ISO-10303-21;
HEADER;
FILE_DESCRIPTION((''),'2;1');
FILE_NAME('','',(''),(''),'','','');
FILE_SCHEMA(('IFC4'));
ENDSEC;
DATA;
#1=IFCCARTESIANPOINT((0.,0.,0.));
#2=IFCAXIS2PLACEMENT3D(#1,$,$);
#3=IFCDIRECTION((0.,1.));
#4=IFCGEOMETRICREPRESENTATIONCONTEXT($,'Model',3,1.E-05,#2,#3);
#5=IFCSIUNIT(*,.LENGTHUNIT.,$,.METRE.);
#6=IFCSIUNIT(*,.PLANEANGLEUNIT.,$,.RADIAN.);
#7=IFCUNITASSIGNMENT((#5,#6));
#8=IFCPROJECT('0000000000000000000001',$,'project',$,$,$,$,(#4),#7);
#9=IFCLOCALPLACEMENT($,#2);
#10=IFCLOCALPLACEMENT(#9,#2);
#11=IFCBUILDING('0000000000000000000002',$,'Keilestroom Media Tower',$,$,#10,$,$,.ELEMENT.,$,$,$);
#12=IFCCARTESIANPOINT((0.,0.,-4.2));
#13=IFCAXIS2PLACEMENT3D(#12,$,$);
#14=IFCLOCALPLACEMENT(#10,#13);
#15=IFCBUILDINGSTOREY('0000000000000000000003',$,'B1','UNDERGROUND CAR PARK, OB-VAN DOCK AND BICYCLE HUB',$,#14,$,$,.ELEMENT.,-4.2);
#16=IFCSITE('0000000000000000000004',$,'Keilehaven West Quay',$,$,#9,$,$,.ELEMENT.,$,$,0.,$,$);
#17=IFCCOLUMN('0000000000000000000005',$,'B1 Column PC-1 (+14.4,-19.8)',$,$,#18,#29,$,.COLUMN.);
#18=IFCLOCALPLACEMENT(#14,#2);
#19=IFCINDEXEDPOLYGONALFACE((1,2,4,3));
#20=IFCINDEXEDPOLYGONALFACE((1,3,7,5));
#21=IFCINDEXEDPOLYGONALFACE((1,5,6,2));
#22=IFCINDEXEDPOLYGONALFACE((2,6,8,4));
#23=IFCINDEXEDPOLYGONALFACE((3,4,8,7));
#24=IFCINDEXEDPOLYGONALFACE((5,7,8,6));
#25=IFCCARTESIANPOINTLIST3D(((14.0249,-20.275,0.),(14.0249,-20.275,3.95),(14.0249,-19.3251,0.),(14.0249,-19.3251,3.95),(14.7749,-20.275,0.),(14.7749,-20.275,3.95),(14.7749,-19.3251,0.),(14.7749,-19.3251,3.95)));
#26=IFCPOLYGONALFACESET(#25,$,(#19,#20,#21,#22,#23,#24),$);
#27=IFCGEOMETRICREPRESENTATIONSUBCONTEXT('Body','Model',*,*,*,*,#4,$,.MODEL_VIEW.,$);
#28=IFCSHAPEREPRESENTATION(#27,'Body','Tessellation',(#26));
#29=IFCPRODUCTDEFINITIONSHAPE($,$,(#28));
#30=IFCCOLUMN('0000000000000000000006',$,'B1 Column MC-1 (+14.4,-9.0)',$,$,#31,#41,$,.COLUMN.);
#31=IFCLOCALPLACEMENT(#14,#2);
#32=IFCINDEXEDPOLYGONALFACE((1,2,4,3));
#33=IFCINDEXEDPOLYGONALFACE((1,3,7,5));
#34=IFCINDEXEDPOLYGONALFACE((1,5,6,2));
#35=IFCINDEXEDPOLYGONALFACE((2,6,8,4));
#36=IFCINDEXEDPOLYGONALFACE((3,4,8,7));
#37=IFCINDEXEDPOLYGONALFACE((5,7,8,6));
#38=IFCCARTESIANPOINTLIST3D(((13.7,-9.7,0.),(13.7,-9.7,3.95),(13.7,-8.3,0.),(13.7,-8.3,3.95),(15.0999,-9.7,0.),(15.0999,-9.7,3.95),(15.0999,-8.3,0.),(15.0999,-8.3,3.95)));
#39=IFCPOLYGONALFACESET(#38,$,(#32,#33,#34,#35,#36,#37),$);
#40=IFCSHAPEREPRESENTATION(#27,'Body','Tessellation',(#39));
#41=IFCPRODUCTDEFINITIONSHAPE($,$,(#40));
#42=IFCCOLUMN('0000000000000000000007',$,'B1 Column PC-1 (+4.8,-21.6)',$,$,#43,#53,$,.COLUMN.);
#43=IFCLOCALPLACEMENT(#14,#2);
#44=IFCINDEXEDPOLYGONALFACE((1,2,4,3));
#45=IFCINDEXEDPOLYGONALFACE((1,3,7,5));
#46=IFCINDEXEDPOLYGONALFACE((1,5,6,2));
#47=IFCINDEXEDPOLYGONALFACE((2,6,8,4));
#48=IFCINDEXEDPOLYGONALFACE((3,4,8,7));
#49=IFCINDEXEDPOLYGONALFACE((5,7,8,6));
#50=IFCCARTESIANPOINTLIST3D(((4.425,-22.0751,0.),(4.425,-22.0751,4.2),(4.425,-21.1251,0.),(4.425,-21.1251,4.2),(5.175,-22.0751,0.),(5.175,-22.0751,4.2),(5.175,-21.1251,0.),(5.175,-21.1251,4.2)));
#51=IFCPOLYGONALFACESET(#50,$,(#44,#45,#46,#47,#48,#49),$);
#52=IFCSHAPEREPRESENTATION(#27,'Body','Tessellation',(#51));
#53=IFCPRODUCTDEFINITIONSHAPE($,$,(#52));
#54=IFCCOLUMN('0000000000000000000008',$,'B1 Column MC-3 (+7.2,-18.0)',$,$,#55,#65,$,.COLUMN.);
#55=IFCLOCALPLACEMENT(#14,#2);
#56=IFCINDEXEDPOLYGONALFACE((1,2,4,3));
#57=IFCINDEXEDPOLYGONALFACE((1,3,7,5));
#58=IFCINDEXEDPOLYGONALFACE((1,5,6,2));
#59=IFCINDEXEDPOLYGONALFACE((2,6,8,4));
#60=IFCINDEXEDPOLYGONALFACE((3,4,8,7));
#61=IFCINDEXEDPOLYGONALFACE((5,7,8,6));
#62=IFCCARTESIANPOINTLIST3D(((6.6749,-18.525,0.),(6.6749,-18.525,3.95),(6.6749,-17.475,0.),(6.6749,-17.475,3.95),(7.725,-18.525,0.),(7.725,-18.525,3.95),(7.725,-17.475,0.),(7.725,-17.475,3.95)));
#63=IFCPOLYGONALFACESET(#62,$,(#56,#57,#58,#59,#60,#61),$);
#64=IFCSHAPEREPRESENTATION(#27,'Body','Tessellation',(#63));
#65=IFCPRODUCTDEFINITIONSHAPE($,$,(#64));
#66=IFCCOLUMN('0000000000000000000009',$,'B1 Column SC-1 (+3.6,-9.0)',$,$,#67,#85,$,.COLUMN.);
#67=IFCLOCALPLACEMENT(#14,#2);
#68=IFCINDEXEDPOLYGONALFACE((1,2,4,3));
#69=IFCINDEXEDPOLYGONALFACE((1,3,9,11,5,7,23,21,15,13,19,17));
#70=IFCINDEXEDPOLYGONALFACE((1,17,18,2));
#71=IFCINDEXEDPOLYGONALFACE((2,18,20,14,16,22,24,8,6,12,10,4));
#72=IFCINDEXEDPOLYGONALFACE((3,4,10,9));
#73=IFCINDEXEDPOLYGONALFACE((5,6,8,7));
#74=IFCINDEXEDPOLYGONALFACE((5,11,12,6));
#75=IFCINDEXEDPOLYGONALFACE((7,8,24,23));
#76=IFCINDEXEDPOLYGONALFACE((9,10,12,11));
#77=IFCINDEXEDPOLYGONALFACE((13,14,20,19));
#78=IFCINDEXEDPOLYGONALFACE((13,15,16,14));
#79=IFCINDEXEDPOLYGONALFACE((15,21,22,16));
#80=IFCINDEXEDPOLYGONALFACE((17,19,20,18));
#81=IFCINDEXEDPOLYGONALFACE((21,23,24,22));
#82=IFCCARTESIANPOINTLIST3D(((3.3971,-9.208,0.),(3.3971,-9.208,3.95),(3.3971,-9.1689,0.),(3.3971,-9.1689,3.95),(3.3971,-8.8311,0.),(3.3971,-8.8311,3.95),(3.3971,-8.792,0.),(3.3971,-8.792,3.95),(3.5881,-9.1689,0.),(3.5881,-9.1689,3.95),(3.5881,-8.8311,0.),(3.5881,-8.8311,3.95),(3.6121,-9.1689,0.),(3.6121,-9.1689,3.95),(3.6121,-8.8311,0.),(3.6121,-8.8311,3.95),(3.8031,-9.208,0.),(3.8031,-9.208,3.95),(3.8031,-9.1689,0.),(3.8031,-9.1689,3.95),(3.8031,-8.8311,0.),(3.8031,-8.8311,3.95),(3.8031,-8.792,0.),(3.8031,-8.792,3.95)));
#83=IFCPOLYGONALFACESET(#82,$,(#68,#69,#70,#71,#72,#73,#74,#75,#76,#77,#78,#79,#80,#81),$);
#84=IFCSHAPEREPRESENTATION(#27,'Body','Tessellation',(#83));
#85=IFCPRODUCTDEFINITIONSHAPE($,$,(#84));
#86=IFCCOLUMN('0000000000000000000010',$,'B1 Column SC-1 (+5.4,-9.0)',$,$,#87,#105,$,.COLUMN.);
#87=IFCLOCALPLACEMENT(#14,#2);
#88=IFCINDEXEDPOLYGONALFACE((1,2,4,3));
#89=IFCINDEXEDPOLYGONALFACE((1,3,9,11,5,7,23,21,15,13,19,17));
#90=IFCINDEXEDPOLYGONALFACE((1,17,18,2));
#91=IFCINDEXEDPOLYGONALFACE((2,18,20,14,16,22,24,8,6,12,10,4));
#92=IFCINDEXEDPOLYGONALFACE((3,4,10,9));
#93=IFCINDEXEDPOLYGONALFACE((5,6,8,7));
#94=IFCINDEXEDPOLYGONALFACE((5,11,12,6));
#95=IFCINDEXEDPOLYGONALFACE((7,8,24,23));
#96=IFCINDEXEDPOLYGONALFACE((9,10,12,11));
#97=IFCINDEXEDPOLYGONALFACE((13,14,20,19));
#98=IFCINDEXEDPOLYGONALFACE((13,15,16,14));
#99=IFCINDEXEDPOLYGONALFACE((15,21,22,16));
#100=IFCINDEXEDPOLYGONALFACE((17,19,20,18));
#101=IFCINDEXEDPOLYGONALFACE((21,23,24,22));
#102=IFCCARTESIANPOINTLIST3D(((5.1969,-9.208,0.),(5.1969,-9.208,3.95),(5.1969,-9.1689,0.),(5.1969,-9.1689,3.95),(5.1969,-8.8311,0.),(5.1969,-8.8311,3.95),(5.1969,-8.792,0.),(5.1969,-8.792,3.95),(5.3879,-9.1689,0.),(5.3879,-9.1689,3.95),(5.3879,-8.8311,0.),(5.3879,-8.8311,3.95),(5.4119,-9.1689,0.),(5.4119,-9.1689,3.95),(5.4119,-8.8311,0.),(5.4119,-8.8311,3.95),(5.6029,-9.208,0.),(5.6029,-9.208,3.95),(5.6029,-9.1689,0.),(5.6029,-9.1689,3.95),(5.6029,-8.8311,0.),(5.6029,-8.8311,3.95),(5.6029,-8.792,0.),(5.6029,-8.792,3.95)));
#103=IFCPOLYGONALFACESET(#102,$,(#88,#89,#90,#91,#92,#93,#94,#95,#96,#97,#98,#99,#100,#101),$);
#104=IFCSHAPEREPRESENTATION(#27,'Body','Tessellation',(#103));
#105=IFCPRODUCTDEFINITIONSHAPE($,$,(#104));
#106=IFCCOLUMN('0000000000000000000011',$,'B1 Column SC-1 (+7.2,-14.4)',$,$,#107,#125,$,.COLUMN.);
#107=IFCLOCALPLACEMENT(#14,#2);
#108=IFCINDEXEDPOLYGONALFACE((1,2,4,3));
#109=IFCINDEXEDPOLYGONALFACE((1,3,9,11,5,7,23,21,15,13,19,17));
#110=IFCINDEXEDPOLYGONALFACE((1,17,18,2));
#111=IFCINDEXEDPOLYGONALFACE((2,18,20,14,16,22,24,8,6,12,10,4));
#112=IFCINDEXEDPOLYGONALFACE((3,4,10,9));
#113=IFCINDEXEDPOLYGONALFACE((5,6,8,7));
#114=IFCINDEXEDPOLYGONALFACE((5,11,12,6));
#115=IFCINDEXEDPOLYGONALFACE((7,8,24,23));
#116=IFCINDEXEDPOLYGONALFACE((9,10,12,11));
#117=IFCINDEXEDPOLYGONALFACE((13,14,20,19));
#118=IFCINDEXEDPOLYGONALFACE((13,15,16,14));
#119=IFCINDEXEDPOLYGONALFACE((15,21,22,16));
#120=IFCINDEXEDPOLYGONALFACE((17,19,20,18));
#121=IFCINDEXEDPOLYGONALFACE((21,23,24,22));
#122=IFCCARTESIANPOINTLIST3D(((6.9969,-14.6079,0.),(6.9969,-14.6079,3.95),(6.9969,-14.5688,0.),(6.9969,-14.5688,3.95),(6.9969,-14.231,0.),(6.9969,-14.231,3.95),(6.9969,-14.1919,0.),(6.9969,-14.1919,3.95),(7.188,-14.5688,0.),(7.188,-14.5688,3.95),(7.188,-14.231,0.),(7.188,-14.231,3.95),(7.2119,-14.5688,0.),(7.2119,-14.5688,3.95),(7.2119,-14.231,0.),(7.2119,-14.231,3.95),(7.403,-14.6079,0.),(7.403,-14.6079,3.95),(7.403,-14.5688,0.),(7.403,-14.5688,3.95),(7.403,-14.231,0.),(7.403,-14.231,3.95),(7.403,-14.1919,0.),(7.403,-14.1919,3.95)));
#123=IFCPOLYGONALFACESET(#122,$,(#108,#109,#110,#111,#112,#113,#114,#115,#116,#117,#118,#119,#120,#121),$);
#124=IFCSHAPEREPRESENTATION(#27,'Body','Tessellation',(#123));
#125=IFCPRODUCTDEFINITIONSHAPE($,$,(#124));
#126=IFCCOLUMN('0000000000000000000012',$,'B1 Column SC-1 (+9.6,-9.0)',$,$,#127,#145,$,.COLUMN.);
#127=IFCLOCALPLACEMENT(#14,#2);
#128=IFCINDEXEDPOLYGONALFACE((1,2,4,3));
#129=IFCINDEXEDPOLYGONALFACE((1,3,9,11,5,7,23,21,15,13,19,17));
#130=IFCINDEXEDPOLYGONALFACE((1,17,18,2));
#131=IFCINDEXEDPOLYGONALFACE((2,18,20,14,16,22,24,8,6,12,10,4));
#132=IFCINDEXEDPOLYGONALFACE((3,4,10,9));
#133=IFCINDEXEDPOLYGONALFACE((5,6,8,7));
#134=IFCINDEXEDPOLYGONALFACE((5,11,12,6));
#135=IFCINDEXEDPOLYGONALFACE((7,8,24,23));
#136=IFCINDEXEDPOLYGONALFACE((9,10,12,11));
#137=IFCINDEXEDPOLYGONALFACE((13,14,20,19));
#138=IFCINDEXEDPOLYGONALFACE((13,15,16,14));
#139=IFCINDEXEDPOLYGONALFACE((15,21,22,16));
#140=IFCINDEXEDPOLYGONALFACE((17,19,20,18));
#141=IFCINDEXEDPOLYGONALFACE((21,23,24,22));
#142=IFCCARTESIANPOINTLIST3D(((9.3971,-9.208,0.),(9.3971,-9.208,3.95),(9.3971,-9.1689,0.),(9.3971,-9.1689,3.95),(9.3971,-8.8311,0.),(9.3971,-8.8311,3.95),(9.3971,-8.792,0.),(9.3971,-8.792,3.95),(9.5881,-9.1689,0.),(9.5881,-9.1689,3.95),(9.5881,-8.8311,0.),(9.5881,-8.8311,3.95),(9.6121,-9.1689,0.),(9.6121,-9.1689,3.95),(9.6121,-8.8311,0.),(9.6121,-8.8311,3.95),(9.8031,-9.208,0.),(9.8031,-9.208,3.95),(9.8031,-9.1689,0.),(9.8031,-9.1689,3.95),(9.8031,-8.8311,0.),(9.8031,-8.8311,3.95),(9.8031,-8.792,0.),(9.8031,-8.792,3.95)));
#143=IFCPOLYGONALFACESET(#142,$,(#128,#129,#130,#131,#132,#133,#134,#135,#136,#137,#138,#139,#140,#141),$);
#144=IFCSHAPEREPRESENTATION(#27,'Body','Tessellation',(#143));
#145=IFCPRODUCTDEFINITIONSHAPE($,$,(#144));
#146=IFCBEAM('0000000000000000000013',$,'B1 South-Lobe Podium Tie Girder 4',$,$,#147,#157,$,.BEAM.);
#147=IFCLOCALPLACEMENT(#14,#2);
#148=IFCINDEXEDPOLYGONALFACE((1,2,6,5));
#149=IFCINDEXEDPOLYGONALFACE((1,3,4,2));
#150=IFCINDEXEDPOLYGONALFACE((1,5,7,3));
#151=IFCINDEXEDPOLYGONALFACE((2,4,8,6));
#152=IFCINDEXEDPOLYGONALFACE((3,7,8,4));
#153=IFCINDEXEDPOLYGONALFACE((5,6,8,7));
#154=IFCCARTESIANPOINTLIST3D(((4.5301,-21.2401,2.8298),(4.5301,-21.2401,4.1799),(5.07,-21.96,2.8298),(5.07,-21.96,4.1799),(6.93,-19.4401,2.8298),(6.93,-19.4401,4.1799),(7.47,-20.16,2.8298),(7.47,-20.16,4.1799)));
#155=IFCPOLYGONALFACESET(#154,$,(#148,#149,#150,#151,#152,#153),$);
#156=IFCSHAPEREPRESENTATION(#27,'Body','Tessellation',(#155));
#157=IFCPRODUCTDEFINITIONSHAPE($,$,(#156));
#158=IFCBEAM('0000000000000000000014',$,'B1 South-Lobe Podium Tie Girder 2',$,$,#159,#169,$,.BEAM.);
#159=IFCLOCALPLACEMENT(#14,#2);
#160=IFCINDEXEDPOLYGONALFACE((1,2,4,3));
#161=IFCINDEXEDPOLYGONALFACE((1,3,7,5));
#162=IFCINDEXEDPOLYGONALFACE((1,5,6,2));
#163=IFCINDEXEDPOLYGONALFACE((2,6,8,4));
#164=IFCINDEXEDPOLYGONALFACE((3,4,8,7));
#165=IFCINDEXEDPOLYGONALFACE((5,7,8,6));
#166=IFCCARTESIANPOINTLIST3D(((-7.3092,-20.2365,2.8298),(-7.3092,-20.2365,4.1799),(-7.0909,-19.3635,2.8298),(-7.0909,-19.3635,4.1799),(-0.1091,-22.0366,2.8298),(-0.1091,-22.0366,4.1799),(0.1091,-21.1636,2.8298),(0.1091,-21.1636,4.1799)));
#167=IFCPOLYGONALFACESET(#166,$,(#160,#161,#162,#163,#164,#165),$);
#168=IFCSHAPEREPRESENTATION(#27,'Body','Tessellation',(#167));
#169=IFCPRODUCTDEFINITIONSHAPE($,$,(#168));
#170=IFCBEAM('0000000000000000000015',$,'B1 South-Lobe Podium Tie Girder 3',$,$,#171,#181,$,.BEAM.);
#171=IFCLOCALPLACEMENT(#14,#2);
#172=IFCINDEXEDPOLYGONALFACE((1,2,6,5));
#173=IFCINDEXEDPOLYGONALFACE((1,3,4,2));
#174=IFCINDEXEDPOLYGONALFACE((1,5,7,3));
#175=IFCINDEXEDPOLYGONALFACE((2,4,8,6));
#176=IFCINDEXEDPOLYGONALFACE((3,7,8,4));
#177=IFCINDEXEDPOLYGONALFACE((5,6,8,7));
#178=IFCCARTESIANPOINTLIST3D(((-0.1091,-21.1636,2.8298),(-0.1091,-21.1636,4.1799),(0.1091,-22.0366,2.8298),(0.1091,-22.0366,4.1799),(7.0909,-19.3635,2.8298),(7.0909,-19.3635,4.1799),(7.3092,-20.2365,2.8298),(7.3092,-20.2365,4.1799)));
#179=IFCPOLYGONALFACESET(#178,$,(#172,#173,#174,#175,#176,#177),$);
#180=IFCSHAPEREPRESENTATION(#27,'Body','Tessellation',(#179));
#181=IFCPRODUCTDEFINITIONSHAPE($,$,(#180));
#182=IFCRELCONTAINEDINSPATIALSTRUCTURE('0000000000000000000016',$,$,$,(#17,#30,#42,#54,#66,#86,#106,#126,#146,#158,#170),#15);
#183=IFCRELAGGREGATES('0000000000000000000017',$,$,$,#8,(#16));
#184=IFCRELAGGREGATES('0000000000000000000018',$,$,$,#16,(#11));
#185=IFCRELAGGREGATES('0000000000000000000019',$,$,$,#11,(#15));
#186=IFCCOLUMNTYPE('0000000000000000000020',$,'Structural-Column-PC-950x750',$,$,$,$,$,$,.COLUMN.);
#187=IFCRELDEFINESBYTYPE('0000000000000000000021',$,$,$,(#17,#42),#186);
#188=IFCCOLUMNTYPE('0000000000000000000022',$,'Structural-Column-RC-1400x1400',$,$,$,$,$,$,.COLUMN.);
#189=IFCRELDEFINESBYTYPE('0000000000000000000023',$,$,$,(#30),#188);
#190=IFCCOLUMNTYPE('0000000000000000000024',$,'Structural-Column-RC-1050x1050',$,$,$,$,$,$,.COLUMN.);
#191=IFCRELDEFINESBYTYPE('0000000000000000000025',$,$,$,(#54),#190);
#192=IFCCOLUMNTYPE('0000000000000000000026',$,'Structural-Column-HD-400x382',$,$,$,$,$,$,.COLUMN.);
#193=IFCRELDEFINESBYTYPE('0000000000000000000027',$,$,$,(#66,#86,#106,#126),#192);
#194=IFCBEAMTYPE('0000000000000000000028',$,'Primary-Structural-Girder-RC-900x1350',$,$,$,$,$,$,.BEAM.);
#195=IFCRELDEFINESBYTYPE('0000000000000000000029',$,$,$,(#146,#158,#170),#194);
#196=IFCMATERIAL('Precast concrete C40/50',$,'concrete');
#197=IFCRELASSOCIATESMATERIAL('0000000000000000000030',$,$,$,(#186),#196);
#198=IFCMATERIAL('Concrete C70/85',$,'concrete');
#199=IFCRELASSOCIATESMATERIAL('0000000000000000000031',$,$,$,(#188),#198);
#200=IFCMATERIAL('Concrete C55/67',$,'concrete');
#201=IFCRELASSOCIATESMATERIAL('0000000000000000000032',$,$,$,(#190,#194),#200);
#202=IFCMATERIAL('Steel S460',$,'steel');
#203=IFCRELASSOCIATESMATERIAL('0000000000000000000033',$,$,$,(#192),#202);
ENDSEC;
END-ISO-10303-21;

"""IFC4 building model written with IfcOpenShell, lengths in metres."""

from ifc_helpers import new_model, si_unit, direction, frame, origin, origin_2d, place, context, subcontext, project, spatial, rectangle, i_section, extrude, source, transform, mapped, material, material_profile, profile_set, type_object, element, save


model = new_model("IFC4")

# Units and contexts
model_context = context("Model", 3, precision=1e-05, world=origin(), true_north=direction((0.0, 1.0)))
body_context = subcontext(model_context, "Body", "Model", "MODEL_VIEW")
ifc_project = project(units=[si_unit("LENGTHUNIT", "METRE"), si_unit("PLANEANGLEUNIT", "RADIAN")], contexts=[model_context])

# Site, building, storey
site_placement = place(None, origin())
site = spatial("IfcSite", under=ifc_project, at=site_placement, Name="Keilehaven West Quay", CompositionType="ELEMENT", RefElevation=0.0)
building_placement = place(site_placement, origin())
building = spatial("IfcBuilding", under=site, at=building_placement, Name="Keilestroom Media Tower", CompositionType="ELEMENT")
storey_placement = place(building_placement, frame((0.0, 0.0, -4.2)))
storey = spatial("IfcBuildingStorey", under=building, at=storey_placement, Name="B1", Description="UNDERGROUND CAR PARK, OB-VAN DOCK AND BICYCLE HUB", CompositionType="ELEMENT", Elevation=-4.2)

# Columns
ifc_material_1 = material(Name="Precast concrete C40/50", Category="concrete")
ifc_material_profile_1 = material_profile(ifc_material_1, rectangle(XDim=0.75, YDim=0.95, at=origin_2d()), Name="PC 950x750")
ifc_profile_set_1 = profile_set([ifc_material_profile_1], Name="Precast concrete C40/50")
column_type_1 = type_object("IfcColumnType", Name="Structural-Column-PC-950x750", PredefinedType="COLUMN", material=ifc_profile_set_1)
shared_shape_1 = source(origin(), body_context, "Body", "SweptSolid", [
    extrude(rectangle(XDim=0.75, YDim=0.95, at=origin_2d()), origin(), (0.0, 0.0, 1.0), 3.95),
])
column_1_placement = place(storey_placement, frame((14.3999, -19.8, 0.0), z_axis=(0.0, 0.0, 1.0), x_axis=(1.0, 0.0, 0.0)))
element("IfcColumn", 1, at=column_1_placement, inside=storey, type_object=column_type_1, Name="B1 Column PC-1 (+14.4,-19.8)", PredefinedType="COLUMN", context=body_context, shape_type="MappedRepresentation", body=[
    mapped(shared_shape_1, transform((0.0, 0.0, 0.0), x_axis=(1.0, 0.0, 0.0), y_axis=(0.0, 1.0, 0.0), z_axis=(0.0, 0.0, 1.0), scale=1.0)),
])
ifc_material_2 = material(Name="Concrete C70/85", Category="concrete")
ifc_material_profile_2 = material_profile(ifc_material_2, rectangle(XDim=1.3999, YDim=1.3999, at=origin_2d()), Name="RC 1400x1400")
ifc_profile_set_2 = profile_set([ifc_material_profile_2], Name="Concrete C70/85")
column_type_2 = type_object("IfcColumnType", Name="Structural-Column-RC-1400x1400", PredefinedType="COLUMN", material=ifc_profile_set_2)
shared_shape_2 = source(origin(), body_context, "Body", "SweptSolid", [
    extrude(rectangle(XDim=1.3999, YDim=1.3999, at=origin_2d()), origin(), (0.0, 0.0, 1.0), 3.95),
])
column_2_placement = place(storey_placement, frame((14.3999, -9.0, 0.0), z_axis=(0.0, 0.0, 1.0), x_axis=(1.0, 0.0, 0.0)))
element("IfcColumn", 2, at=column_2_placement, inside=storey, type_object=column_type_2, Name="B1 Column MC-1 (+14.4,-9.0)", PredefinedType="COLUMN", context=body_context, shape_type="MappedRepresentation", body=[
    mapped(shared_shape_2, transform((0.0, 0.0, 0.0), x_axis=(1.0, 0.0, 0.0), y_axis=(0.0, 1.0, 0.0), z_axis=(0.0, 0.0, 1.0), scale=1.0)),
])
shared_shape_3 = source(origin(), body_context, "Body", "SweptSolid", [
    extrude(rectangle(XDim=0.75, YDim=0.95, at=origin_2d()), origin(), (0.0, 0.0, 1.0), 4.2),
])
column_3_placement = place(storey_placement, frame((4.8, -21.6001, 0.0), z_axis=(0.0, 0.0, 1.0), x_axis=(1.0, 0.0, 0.0)))
element("IfcColumn", 3, at=column_3_placement, inside=storey, type_object=column_type_1, Name="B1 Column PC-1 (+4.8,-21.6)", PredefinedType="COLUMN", context=body_context, shape_type="MappedRepresentation", body=[
    mapped(shared_shape_3, transform((0.0, 0.0, 0.0), x_axis=(1.0, 0.0, 0.0), y_axis=(0.0, 1.0, 0.0), z_axis=(0.0, 0.0, 1.0), scale=1.0)),
])
ifc_material_3 = material(Name="Concrete C55/67", Category="concrete")
ifc_material_profile_3 = material_profile(ifc_material_3, rectangle(XDim=1.05, YDim=1.05, at=origin_2d()), Name="RC 1050x1050")
ifc_profile_set_3 = profile_set([ifc_material_profile_3], Name="Concrete C55/67")
column_type_3 = type_object("IfcColumnType", Name="Structural-Column-RC-1050x1050", PredefinedType="COLUMN", material=ifc_profile_set_3)
shared_shape_4 = source(origin(), body_context, "Body", "SweptSolid", [
    extrude(rectangle(XDim=1.05, YDim=1.05, at=origin_2d()), origin(), (0.0, 0.0, 1.0), 3.95),
])
column_4_placement = place(storey_placement, frame((7.2, -18.0, 0.0), z_axis=(0.0, 0.0, 1.0), x_axis=(1.0, 0.0, 0.0)))
element("IfcColumn", 4, at=column_4_placement, inside=storey, type_object=column_type_3, Name="B1 Column MC-3 (+7.2,-18.0)", PredefinedType="COLUMN", context=body_context, shape_type="MappedRepresentation", body=[
    mapped(shared_shape_4, transform((0.0, 0.0, 0.0), x_axis=(1.0, 0.0, 0.0), y_axis=(0.0, 1.0, 0.0), z_axis=(0.0, 0.0, 1.0), scale=1.0)),
])
ifc_material_4 = material(Name="Steel S460", Category="steel")
ifc_material_profile_4 = material_profile(ifc_material_4, i_section(OverallWidth=0.406, OverallDepth=0.416, WebThickness=0.0239, FlangeThickness=0.0391, at=origin_2d()), Name="HD 400x382")
ifc_profile_set_4 = profile_set([ifc_material_profile_4], Name="Steel S460")
column_type_4 = type_object("IfcColumnType", Name="Structural-Column-HD-400x382", PredefinedType="COLUMN", material=ifc_profile_set_4)
shared_shape_5 = source(origin(), body_context, "Body", "SweptSolid", [
    extrude(i_section(OverallWidth=0.406, OverallDepth=0.416, WebThickness=0.0239, FlangeThickness=0.0391, at=origin_2d()), origin(), (0.0, 0.0, 1.0), 3.95),
])
for number, where, z_axis, x_axis, name in (
    (5, (3.6001, -9.0, 0.0), (0.0, 0.0, 1.0), (1.0, 0.0, 0.0), "B1 Column SC-1 (+3.6,-9.0)"),
    (6, (5.3999, -9.0, 0.0), (0.0, 0.0, 1.0), (1.0, 0.0, 0.0), "B1 Column SC-1 (+5.4,-9.0)"),
    (7, (7.2, -14.3999, 0.0), (0.0, 0.0, 1.0), (1.0, 0.0, 0.0), "B1 Column SC-1 (+7.2,-14.4)"),
    (8, (9.6001, -9.0, 0.0), (0.0, 0.0, 1.0), (1.0, 0.0, 0.0), "B1 Column SC-1 (+9.6,-9.0)"),
):
    element("IfcColumn", number, at=place(storey_placement, frame(where, z_axis=z_axis, x_axis=x_axis)), inside=storey, type_object=column_type_4, Name=name, PredefinedType="COLUMN", context=body_context, shape_type="MappedRepresentation", body=[
        mapped(shared_shape_5, transform((0.0, 0.0, 0.0), x_axis=(1.0, 0.0, 0.0), y_axis=(0.0, 1.0, 0.0), z_axis=(0.0, 0.0, 1.0), scale=1.0)),
    ])

# Beams
ifc_material_profile_5 = material_profile(ifc_material_3, rectangle(XDim=0.8999, YDim=1.3501, at=origin_2d()), Name="RC 900x1350")
ifc_profile_set_5 = profile_set([ifc_material_profile_5], Name="Concrete C55/67")
beam_type_1 = type_object("IfcBeamType", Name="Primary-Structural-Girder-RC-900x1350", PredefinedType="BEAM", material=ifc_profile_set_5)
shared_shape_6 = source(origin(), body_context, "Body", "SweptSolid", [
    extrude(rectangle(XDim=0.8999, YDim=1.3501, at=origin_2d()), origin(), (0.0, 0.0, 1.0), 3.0),
])
beam_1_placement = place(storey_placement, frame((4.8, -21.6001, 3.5049), z_axis=(0.79998, 0.600026, 0.0), x_axis=(-0.600026, 0.79998, 0.0)))
element("IfcBeam", 9, at=beam_1_placement, inside=storey, type_object=beam_type_1, Name="B1 South-Lobe Podium Tie Girder 4", PredefinedType="BEAM", context=body_context, shape_type="MappedRepresentation", body=[
    mapped(shared_shape_6, transform((0.0, 0.0, 0.0), x_axis=(1.0, 0.0, 0.0), y_axis=(0.0, 1.0, 0.0), z_axis=(0.0, 0.0, 1.0), scale=1.0)),
])
shared_shape_7 = source(origin(), body_context, "Body", "SweptSolid", [
    extrude(rectangle(XDim=0.8999, YDim=1.3501, at=origin_2d()), origin(), (0.0, 0.0, 1.0), 7.4216),
])
for number, where, z_axis, x_axis, name in (
    (10, (0.0, -21.6001, 3.5049), (-0.970141, 0.242543, 0.0), (-0.242543, -0.970141, 0.0), "B1 South-Lobe Podium Tie Girder 2"),
    (11, (0.0, -21.6001, 3.5049), (0.970141, 0.242543, 0.0), (-0.242543, 0.970141, 0.0), "B1 South-Lobe Podium Tie Girder 3"),
):
    element("IfcBeam", number, at=place(storey_placement, frame(where, z_axis=z_axis, x_axis=x_axis)), inside=storey, type_object=beam_type_1, Name=name, PredefinedType="BEAM", context=body_context, shape_type="MappedRepresentation", body=[
        mapped(shared_shape_7, transform((0.0, 0.0, 0.0), x_axis=(1.0, 0.0, 0.0), y_axis=(0.0, 1.0, 0.0), z_axis=(0.0, 0.0, 1.0), scale=1.0)),
    ])

save(model, "model.ifc")
